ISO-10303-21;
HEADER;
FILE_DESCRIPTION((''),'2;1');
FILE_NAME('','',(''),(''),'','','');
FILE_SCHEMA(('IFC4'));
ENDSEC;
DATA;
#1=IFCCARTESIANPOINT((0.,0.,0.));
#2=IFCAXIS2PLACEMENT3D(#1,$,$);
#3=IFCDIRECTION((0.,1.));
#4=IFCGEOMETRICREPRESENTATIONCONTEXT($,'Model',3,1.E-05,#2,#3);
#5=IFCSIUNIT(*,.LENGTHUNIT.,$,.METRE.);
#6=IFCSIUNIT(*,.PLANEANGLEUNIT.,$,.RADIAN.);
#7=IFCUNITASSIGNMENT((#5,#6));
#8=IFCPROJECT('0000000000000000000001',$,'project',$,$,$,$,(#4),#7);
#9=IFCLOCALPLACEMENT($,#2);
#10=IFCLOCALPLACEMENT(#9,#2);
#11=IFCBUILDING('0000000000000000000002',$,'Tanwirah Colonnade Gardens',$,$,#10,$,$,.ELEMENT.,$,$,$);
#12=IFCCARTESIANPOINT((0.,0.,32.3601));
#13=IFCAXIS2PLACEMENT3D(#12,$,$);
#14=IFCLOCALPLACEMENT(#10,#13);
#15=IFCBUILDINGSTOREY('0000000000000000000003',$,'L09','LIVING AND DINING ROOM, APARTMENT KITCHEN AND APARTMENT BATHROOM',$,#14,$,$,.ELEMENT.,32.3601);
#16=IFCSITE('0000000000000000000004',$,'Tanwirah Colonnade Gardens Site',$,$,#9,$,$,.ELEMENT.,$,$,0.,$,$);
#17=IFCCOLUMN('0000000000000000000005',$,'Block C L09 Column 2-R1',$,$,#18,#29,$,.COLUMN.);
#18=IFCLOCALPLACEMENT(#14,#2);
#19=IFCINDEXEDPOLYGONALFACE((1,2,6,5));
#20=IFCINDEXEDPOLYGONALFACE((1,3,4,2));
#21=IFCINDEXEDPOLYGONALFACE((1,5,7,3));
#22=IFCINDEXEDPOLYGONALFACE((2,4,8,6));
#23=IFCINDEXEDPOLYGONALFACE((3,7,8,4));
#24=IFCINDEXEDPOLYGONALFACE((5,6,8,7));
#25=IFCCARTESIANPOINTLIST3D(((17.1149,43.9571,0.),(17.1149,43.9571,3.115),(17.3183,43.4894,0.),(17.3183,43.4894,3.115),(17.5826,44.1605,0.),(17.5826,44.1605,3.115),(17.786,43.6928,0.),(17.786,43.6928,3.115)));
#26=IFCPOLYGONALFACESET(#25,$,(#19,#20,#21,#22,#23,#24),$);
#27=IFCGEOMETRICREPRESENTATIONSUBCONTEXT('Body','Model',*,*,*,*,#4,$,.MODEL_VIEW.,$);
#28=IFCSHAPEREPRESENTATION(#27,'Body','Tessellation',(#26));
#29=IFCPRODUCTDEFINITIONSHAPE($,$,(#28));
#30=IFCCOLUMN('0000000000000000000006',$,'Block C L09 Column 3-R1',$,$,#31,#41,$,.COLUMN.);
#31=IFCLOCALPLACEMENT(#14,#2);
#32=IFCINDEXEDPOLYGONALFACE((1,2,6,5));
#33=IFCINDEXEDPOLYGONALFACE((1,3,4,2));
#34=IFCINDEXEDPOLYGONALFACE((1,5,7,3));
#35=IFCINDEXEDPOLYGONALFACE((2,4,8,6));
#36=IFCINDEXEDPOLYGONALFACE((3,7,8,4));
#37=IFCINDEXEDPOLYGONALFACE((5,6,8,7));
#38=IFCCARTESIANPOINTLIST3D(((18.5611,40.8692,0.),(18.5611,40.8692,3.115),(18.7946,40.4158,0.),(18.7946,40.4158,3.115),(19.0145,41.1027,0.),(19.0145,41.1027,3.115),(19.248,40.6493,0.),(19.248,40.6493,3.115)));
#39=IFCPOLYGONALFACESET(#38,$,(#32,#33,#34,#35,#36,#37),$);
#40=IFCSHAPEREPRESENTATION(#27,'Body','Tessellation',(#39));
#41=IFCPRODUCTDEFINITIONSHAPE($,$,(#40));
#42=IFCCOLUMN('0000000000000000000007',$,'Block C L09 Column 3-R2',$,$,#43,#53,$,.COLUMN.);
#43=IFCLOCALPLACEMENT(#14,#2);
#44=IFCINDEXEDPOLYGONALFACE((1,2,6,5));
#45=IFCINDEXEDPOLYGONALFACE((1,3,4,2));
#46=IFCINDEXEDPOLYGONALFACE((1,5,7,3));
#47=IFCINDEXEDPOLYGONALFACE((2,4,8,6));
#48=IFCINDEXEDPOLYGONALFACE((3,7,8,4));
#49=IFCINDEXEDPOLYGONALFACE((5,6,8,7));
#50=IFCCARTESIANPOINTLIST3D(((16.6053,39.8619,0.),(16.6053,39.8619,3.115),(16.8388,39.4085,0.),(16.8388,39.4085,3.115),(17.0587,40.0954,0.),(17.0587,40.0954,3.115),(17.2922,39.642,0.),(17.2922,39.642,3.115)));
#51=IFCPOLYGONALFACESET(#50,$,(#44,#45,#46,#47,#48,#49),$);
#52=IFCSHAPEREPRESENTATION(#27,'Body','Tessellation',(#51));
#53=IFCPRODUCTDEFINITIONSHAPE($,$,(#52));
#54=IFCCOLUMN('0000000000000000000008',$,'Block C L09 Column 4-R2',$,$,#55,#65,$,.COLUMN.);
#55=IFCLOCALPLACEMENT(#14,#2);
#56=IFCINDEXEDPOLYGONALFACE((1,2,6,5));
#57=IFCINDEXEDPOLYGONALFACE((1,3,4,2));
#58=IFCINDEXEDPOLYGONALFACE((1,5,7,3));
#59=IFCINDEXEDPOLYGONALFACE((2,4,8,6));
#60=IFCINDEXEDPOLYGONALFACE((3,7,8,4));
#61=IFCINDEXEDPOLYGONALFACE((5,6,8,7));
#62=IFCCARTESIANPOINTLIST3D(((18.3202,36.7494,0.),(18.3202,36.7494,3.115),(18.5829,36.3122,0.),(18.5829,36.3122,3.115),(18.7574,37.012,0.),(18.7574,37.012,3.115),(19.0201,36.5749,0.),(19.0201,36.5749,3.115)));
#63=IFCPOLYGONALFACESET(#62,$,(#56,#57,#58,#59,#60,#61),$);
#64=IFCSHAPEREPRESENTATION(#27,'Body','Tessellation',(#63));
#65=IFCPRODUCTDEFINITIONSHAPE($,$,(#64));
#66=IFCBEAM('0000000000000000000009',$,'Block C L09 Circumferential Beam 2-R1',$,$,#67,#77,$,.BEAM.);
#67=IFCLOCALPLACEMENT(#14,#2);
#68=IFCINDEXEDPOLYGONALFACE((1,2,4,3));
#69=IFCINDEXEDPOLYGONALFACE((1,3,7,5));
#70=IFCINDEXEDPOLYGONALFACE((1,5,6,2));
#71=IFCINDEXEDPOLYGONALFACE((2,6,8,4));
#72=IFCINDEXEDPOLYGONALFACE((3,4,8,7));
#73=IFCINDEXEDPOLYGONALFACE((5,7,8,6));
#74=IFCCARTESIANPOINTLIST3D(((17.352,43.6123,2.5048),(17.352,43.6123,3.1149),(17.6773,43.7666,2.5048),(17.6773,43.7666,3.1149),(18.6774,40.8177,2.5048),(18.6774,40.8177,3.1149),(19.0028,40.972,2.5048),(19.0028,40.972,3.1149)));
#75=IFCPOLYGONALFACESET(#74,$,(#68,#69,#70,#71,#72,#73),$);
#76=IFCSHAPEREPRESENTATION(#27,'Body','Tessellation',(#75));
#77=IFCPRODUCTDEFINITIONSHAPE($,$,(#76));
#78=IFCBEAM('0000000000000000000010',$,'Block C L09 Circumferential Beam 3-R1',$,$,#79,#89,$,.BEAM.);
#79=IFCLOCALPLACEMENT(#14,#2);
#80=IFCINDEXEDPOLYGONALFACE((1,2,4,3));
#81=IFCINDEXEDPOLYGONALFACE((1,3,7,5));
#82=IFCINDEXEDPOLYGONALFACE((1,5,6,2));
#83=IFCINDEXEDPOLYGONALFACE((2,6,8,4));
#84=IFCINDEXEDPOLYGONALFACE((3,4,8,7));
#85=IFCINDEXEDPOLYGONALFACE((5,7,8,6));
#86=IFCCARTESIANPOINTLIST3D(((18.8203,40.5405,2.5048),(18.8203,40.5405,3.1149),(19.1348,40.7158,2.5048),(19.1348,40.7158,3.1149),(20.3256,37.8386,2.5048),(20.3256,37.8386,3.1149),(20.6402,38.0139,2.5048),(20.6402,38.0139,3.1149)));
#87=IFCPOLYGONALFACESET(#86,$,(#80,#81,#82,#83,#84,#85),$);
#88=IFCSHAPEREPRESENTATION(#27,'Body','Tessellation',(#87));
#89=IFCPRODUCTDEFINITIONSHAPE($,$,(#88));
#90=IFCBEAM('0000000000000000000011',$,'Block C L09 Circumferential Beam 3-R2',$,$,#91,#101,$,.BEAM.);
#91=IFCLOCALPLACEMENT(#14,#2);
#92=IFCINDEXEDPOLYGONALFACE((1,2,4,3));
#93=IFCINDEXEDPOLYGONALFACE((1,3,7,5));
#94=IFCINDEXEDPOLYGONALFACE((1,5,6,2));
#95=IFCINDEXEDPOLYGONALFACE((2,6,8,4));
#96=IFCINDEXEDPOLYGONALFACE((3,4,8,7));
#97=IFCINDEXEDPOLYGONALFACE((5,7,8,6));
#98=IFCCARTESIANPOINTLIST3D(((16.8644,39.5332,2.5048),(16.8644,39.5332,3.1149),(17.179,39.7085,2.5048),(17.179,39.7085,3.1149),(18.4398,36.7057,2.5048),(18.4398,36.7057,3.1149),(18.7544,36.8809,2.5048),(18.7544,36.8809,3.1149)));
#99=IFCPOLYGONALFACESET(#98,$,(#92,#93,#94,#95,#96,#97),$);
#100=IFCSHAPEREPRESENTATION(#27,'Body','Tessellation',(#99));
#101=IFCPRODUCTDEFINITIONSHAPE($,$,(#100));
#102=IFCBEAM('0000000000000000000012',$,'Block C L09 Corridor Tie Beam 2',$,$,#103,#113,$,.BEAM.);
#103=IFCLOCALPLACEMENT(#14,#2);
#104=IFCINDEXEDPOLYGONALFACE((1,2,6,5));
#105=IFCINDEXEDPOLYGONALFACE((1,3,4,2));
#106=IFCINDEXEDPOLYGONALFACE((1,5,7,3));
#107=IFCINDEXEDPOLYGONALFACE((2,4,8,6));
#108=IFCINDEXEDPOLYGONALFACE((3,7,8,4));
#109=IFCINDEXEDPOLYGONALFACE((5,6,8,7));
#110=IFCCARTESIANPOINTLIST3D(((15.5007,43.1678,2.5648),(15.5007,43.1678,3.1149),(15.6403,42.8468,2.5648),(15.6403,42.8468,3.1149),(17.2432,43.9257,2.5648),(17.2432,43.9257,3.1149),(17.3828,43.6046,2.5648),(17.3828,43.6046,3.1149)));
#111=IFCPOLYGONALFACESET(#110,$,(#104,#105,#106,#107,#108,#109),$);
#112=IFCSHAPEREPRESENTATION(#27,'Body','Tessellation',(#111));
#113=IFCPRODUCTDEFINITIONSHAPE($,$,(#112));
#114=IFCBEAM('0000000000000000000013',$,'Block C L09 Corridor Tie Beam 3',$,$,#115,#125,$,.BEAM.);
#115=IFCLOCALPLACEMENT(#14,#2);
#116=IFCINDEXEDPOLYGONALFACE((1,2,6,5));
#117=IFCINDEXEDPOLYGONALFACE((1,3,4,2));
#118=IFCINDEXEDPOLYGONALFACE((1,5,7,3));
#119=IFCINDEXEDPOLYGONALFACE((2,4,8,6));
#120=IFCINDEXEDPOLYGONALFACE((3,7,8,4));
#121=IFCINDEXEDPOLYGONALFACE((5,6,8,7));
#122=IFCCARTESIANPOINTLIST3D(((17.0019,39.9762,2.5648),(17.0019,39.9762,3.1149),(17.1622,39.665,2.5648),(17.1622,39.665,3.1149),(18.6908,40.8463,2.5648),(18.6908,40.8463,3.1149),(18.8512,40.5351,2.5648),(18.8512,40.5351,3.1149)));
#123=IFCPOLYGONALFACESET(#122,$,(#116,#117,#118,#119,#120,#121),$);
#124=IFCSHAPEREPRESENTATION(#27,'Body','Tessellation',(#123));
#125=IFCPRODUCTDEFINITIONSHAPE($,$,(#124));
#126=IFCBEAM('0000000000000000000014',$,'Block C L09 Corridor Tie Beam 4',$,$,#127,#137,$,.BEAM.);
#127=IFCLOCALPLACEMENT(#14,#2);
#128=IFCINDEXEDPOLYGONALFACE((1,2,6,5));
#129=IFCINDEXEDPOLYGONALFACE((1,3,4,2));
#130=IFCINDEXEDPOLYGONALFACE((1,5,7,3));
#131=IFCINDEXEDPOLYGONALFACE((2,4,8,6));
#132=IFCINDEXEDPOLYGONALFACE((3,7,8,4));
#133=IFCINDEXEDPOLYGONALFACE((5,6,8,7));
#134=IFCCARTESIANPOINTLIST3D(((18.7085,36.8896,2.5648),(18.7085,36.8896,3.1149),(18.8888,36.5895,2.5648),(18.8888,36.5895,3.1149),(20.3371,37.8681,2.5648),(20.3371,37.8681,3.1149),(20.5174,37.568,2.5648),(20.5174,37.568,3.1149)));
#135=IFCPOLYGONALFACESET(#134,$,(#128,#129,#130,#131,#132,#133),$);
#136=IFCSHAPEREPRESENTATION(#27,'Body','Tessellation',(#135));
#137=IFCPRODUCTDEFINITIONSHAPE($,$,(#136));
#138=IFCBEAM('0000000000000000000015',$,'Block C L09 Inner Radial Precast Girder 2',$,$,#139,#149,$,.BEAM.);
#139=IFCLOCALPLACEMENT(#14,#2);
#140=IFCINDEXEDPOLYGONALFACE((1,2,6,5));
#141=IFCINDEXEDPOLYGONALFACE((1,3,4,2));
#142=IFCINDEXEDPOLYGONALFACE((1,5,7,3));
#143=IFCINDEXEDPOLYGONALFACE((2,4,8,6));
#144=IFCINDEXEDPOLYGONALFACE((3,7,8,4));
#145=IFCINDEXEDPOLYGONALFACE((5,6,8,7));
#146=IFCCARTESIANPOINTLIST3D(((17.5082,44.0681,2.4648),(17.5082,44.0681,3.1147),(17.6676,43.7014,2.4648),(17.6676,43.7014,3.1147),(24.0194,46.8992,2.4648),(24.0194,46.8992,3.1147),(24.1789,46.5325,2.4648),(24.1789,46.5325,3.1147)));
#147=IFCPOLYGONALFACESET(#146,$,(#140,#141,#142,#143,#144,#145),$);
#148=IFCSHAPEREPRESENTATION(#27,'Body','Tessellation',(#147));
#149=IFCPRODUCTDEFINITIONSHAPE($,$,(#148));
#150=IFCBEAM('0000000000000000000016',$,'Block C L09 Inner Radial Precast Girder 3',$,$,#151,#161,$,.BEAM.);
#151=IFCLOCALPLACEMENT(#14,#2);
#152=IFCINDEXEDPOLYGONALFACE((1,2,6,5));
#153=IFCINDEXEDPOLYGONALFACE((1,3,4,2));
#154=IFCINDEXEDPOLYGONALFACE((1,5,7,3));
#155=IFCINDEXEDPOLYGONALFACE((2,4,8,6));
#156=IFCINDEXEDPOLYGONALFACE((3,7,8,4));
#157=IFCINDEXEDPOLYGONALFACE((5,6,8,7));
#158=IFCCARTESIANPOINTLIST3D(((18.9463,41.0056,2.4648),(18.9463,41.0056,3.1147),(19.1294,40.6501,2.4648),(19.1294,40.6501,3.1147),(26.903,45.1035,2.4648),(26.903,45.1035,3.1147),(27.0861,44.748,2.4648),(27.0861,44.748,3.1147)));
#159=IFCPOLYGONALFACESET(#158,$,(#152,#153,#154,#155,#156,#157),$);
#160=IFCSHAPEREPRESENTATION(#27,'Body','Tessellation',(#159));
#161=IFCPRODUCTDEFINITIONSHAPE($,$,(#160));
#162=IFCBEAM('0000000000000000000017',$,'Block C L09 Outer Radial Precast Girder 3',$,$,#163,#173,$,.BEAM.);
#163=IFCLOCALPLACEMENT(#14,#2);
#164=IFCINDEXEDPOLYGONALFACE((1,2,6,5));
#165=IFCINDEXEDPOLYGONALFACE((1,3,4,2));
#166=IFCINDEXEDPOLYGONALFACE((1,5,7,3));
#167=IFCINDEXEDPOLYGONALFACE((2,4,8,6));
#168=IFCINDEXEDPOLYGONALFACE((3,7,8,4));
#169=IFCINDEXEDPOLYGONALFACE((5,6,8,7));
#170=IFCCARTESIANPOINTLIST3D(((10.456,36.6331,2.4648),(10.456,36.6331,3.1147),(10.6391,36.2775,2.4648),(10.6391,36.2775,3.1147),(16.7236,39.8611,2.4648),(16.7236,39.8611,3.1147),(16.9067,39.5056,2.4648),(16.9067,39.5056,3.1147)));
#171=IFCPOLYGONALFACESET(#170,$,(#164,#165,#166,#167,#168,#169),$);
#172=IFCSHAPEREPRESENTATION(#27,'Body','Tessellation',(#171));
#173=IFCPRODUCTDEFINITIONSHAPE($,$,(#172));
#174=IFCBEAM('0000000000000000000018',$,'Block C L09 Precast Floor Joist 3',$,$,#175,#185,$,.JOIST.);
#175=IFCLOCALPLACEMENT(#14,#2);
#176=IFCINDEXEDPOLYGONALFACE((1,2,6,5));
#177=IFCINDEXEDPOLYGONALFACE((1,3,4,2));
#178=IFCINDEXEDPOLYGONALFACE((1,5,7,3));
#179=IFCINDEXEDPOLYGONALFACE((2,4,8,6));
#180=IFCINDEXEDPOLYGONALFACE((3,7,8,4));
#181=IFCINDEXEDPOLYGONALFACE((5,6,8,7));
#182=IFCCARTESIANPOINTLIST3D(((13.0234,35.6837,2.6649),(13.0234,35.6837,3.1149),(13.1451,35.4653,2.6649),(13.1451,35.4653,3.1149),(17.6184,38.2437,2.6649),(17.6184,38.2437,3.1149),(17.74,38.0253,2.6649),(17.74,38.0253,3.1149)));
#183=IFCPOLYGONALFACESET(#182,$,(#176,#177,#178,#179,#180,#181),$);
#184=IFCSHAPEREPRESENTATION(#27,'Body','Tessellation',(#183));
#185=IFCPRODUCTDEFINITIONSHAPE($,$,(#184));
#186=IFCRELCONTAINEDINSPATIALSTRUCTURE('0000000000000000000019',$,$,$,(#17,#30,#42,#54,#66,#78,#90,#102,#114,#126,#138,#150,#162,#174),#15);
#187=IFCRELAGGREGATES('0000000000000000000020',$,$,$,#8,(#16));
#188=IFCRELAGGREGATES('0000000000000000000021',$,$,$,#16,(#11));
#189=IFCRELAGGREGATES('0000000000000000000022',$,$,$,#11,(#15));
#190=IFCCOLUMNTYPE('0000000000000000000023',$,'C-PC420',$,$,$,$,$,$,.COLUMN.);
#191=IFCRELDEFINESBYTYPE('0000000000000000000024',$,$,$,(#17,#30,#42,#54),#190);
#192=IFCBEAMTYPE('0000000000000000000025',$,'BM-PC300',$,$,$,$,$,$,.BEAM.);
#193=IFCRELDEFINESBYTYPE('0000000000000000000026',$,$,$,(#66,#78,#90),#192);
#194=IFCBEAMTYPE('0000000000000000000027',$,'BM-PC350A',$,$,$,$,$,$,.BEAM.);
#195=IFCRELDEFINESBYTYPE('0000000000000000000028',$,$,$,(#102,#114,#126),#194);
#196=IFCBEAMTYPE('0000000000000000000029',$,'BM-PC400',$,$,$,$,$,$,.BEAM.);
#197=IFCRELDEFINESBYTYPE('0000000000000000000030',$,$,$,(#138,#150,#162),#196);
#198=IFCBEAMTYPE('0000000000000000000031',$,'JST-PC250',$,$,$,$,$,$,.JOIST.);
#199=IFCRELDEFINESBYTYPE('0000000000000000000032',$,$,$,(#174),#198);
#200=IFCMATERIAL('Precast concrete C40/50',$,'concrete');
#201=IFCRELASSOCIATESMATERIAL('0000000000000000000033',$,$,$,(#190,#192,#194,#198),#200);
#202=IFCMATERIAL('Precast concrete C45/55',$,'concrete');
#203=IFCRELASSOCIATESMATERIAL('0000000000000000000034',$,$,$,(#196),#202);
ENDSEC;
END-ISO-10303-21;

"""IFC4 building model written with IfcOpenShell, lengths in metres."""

from ifc_helpers import new_model, si_unit, direction, frame, origin, origin_2d, place, context, subcontext, project, spatial, rectangle, extrude, material, material_profile, profile_set, type_object, element, save


model = new_model("IFC4")

# Units and contexts
model_context = context("Model", 3, precision=1e-05, world=origin(), true_north=direction((0.0, 1.0)))
body_context = subcontext(model_context, "Body", "Model", "MODEL_VIEW")
ifc_project = project(units=[si_unit("LENGTHUNIT", "METRE"), si_unit("PLANEANGLEUNIT", "RADIAN")], contexts=[model_context])

# Site, building, storey
site_placement = place(None, origin())
site = spatial("IfcSite", under=ifc_project, at=site_placement, Name="Tanwirah Colonnade Gardens Site", CompositionType="ELEMENT", RefElevation=0.0)
building_placement = place(site_placement, origin())
building = spatial("IfcBuilding", under=site, at=building_placement, Name="Tanwirah Colonnade Gardens", CompositionType="ELEMENT")
storey_placement = place(building_placement, frame((0.0, 0.0, 32.3601)))
storey = spatial("IfcBuildingStorey", under=building, at=storey_placement, Name="L09", Description="LIVING AND DINING ROOM, APARTMENT KITCHEN AND APARTMENT BATHROOM", CompositionType="ELEMENT", Elevation=32.3601)

# Columns
ifc_material_1 = material(Name="Precast concrete C40/50", Category="concrete")
ifc_material_profile_1 = material_profile(ifc_material_1, rectangle(XDim=0.51, YDim=0.51, at=origin_2d()), Name="PC-COL 510x510")
ifc_profile_set_1 = profile_set([ifc_material_profile_1], Name="Precast concrete C40/50")
column_type = type_object("IfcColumnType", Name="C-PC420", PredefinedType="COLUMN", material=ifc_profile_set_1)
for number, where, z_axis, x_axis, name in (
    (1, (17.4504, 43.825, 0.0), (0.0, 0.0, 1.0), (-0.91706, -0.398749, 0.0), "Block C L09 Column 2-R1"),
    (2, (18.9045, 40.7593, 0.0), (0.0, 0.0, 1.0), (-0.889017, -0.457874, 0.0), "Block C L09 Column 3-R1"),
    (3, (16.9487, 39.752, 0.0), (0.0, 0.0, 1.0), (-0.889017, -0.457874, 0.0), "Block C L09 Column 3-R2"),
    (4, (18.6702, 36.6621, 0.0), (0.0, 0.0, 1.0), (-0.857167, -0.515038, 0.0), "Block C L09 Column 4-R2"),
):
    element("IfcColumn", number, at=place(storey_placement, frame(where, z_axis=z_axis, x_axis=x_axis)), inside=storey, type_object=column_type, Name=name, PredefinedType="COLUMN", context=body_context, shape_type="SweptSolid", body=[
        extrude(rectangle(XDim=0.51, YDim=0.51, at=origin_2d()), origin(), (0.0, 0.0, 1.0), 3.115),
    ])

# Beams
ifc_material_profile_2 = material_profile(ifc_material_1, rectangle(XDim=0.3601, YDim=0.6101, at=origin_2d()), Name="PC-BM 360x610")
ifc_profile_set_2 = profile_set([ifc_material_profile_2], Name="Precast concrete C40/50")
beam_type_1 = type_object("IfcBeamType", Name="BM-PC300", PredefinedType="BEAM", material=ifc_profile_set_2)
for number, where, z_axis, x_axis, name in (
    (5, (17.5146, 43.6895, 2.8098), (0.428521, -0.903532, 0.0), (0.903532, 0.428521, 0.0), "Block C L09 Circumferential Beam 2-R1"),
    (6, (18.9775, 40.6282, 2.8098), (0.486708, -0.873565, 0.0), (0.873565, 0.486708, 0.0), "Block C L09 Circumferential Beam 3-R1"),
):
    element("IfcBeam", number, at=place(storey_placement, frame(where, z_axis=z_axis, x_axis=x_axis)), inside=storey, type_object=beam_type_1, Name=name, PredefinedType="BEAM", context=body_context, shape_type="SweptSolid", body=[
        extrude(rectangle(XDim=0.3601, YDim=0.6101, at=origin_2d()), origin(), (0.0, 0.0, 1.0), 3.093),
    ])
beam_1_placement = place(storey_placement, frame((17.0217, 39.6208, 2.8098), z_axis=(0.486712, -0.873562, 0.0), x_axis=(0.873562, 0.486712, 0.0)))
element("IfcBeam", 7, at=beam_1_placement, inside=storey, type_object=beam_type_1, Name="Block C L09 Circumferential Beam 3-R2", PredefinedType="BEAM", context=body_context, shape_type="SweptSolid", body=[
    extrude(rectangle(XDim=0.3601, YDim=0.6101, at=origin_2d()), origin(), (0.0, 0.0, 1.0), 3.2368),
])
ifc_material_profile_3 = material_profile(ifc_material_1, rectangle(XDim=0.3501, YDim=0.55, at=origin_2d()), Name="PC-BM 350x550")
ifc_profile_set_3 = profile_set([ifc_material_profile_3], Name="Precast concrete C40/50")
beam_type_2 = type_object("IfcBeamType", Name="BM-PC350A", PredefinedType="BEAM", material=ifc_profile_set_3)
beam_2_placement = place(storey_placement, frame((17.313, 43.7651, 2.8398), z_axis=(-0.917025, -0.398829, 0.0), x_axis=(0.398829, -0.917025, 0.0)))
element("IfcBeam", 8, at=beam_2_placement, inside=storey, type_object=beam_type_2, Name="Block C L09 Corridor Tie Beam 2", PredefinedType="BEAM", context=body_context, shape_type="SweptSolid", body=[
    extrude(rectangle(XDim=0.3501, YDim=0.55, at=origin_2d()), origin(), (0.0, 0.0, 1.0), 1.9001),
])
for number, where, z_axis, x_axis, name in (
    (9, (18.771, 40.6907, 2.8398), (-0.888965, -0.457975, 0.0), (0.457975, -0.888965, 0.0), "Block C L09 Corridor Tie Beam 3"),
    (10, (20.4272, 37.718, 2.8398), (-0.857187, -0.515006, 0.0), (0.515006, -0.857187, 0.0), "Block C L09 Corridor Tie Beam 4"),
):
    element("IfcBeam", number, at=place(storey_placement, frame(where, z_axis=z_axis, x_axis=x_axis)), inside=storey, type_object=beam_type_2, Name=name, PredefinedType="BEAM", context=body_context, shape_type="SweptSolid", body=[
        extrude(rectangle(XDim=0.3501, YDim=0.55, at=origin_2d()), origin(), (0.0, 0.0, 1.0), 1.8999),
    ])
ifc_material_2 = material(Name="Precast concrete C45/55", Category="concrete")
ifc_material_profile_4 = material_profile(ifc_material_2, rectangle(XDim=0.3999, YDim=0.6499, at=origin_2d()), Name="PC-BM 400x650")
ifc_profile_set_4 = profile_set([ifc_material_profile_4], Name="Precast concrete C45/55")
beam_type_3 = type_object("IfcBeamType", Name="BM-PC400", PredefinedType="BEAM", material=ifc_profile_set_4)
beam_3_placement = place(storey_placement, frame((17.5879, 43.8848, 2.7898), z_axis=(0.917066, 0.398736, 0.0), x_axis=(-0.398736, 0.917066, 0.0)))
element("IfcBeam", 11, at=beam_3_placement, inside=storey, type_object=beam_type_3, Name="Block C L09 Inner Radial Precast Girder 2", PredefinedType="BEAM", context=body_context, shape_type="SweptSolid", body=[
    extrude(rectangle(XDim=0.3999, YDim=0.6499, at=origin_2d()), origin(), (0.0, 0.0, 1.0), 7.1001),
])
beam_4_placement = place(storey_placement, frame((19.0378, 40.8279, 2.7898), z_axis=(0.889022, 0.457864, 0.0), x_axis=(-0.457864, 0.889022, 0.0)))
element("IfcBeam", 12, at=beam_4_placement, inside=storey, type_object=beam_type_3, Name="Block C L09 Inner Radial Precast Girder 3", PredefinedType="BEAM", context=body_context, shape_type="SweptSolid", body=[
    extrude(rectangle(XDim=0.3999, YDim=0.6499, at=origin_2d()), origin(), (0.0, 0.0, 1.0), 8.95),
])
beam_5_placement = place(storey_placement, frame((16.8152, 39.6833, 2.7898), z_axis=(-0.889016, -0.457875, 0.0), x_axis=(0.457875, -0.889016, 0.0)))
element("IfcBeam", 13, at=beam_5_placement, inside=storey, type_object=beam_type_3, Name="Block C L09 Outer Radial Precast Girder 3", PredefinedType="BEAM", context=body_context, shape_type="SweptSolid", body=[
    extrude(rectangle(XDim=0.3999, YDim=0.6499, at=origin_2d()), origin(), (0.0, 0.0, 1.0), 7.05),
])
ifc_material_profile_5 = material_profile(ifc_material_1, rectangle(XDim=0.25, YDim=0.45, at=origin_2d()), Name="PC-JST 250x450")
ifc_profile_set_5 = profile_set([ifc_material_profile_5], Name="Precast concrete C40/50")
beam_type_4 = type_object("IfcBeamType", Name="JST-PC250", PredefinedType="JOIST", material=ifc_profile_set_5)
beam_6_placement = place(storey_placement, frame((17.6792, 38.1345, 2.8899), z_axis=(-0.873568, -0.486703, 0.0), x_axis=(0.486703, -0.873568, 0.0)))
element("IfcBeam", 14, at=beam_6_placement, inside=storey, type_object=beam_type_4, Name="Block C L09 Precast Floor Joist 3", PredefinedType="JOIST", context=body_context, shape_type="SweptSolid", body=[
    extrude(rectangle(XDim=0.25, YDim=0.45, at=origin_2d()), origin(), (0.0, 0.0, 1.0), 5.26),
])

save(model, "model.ifc")
